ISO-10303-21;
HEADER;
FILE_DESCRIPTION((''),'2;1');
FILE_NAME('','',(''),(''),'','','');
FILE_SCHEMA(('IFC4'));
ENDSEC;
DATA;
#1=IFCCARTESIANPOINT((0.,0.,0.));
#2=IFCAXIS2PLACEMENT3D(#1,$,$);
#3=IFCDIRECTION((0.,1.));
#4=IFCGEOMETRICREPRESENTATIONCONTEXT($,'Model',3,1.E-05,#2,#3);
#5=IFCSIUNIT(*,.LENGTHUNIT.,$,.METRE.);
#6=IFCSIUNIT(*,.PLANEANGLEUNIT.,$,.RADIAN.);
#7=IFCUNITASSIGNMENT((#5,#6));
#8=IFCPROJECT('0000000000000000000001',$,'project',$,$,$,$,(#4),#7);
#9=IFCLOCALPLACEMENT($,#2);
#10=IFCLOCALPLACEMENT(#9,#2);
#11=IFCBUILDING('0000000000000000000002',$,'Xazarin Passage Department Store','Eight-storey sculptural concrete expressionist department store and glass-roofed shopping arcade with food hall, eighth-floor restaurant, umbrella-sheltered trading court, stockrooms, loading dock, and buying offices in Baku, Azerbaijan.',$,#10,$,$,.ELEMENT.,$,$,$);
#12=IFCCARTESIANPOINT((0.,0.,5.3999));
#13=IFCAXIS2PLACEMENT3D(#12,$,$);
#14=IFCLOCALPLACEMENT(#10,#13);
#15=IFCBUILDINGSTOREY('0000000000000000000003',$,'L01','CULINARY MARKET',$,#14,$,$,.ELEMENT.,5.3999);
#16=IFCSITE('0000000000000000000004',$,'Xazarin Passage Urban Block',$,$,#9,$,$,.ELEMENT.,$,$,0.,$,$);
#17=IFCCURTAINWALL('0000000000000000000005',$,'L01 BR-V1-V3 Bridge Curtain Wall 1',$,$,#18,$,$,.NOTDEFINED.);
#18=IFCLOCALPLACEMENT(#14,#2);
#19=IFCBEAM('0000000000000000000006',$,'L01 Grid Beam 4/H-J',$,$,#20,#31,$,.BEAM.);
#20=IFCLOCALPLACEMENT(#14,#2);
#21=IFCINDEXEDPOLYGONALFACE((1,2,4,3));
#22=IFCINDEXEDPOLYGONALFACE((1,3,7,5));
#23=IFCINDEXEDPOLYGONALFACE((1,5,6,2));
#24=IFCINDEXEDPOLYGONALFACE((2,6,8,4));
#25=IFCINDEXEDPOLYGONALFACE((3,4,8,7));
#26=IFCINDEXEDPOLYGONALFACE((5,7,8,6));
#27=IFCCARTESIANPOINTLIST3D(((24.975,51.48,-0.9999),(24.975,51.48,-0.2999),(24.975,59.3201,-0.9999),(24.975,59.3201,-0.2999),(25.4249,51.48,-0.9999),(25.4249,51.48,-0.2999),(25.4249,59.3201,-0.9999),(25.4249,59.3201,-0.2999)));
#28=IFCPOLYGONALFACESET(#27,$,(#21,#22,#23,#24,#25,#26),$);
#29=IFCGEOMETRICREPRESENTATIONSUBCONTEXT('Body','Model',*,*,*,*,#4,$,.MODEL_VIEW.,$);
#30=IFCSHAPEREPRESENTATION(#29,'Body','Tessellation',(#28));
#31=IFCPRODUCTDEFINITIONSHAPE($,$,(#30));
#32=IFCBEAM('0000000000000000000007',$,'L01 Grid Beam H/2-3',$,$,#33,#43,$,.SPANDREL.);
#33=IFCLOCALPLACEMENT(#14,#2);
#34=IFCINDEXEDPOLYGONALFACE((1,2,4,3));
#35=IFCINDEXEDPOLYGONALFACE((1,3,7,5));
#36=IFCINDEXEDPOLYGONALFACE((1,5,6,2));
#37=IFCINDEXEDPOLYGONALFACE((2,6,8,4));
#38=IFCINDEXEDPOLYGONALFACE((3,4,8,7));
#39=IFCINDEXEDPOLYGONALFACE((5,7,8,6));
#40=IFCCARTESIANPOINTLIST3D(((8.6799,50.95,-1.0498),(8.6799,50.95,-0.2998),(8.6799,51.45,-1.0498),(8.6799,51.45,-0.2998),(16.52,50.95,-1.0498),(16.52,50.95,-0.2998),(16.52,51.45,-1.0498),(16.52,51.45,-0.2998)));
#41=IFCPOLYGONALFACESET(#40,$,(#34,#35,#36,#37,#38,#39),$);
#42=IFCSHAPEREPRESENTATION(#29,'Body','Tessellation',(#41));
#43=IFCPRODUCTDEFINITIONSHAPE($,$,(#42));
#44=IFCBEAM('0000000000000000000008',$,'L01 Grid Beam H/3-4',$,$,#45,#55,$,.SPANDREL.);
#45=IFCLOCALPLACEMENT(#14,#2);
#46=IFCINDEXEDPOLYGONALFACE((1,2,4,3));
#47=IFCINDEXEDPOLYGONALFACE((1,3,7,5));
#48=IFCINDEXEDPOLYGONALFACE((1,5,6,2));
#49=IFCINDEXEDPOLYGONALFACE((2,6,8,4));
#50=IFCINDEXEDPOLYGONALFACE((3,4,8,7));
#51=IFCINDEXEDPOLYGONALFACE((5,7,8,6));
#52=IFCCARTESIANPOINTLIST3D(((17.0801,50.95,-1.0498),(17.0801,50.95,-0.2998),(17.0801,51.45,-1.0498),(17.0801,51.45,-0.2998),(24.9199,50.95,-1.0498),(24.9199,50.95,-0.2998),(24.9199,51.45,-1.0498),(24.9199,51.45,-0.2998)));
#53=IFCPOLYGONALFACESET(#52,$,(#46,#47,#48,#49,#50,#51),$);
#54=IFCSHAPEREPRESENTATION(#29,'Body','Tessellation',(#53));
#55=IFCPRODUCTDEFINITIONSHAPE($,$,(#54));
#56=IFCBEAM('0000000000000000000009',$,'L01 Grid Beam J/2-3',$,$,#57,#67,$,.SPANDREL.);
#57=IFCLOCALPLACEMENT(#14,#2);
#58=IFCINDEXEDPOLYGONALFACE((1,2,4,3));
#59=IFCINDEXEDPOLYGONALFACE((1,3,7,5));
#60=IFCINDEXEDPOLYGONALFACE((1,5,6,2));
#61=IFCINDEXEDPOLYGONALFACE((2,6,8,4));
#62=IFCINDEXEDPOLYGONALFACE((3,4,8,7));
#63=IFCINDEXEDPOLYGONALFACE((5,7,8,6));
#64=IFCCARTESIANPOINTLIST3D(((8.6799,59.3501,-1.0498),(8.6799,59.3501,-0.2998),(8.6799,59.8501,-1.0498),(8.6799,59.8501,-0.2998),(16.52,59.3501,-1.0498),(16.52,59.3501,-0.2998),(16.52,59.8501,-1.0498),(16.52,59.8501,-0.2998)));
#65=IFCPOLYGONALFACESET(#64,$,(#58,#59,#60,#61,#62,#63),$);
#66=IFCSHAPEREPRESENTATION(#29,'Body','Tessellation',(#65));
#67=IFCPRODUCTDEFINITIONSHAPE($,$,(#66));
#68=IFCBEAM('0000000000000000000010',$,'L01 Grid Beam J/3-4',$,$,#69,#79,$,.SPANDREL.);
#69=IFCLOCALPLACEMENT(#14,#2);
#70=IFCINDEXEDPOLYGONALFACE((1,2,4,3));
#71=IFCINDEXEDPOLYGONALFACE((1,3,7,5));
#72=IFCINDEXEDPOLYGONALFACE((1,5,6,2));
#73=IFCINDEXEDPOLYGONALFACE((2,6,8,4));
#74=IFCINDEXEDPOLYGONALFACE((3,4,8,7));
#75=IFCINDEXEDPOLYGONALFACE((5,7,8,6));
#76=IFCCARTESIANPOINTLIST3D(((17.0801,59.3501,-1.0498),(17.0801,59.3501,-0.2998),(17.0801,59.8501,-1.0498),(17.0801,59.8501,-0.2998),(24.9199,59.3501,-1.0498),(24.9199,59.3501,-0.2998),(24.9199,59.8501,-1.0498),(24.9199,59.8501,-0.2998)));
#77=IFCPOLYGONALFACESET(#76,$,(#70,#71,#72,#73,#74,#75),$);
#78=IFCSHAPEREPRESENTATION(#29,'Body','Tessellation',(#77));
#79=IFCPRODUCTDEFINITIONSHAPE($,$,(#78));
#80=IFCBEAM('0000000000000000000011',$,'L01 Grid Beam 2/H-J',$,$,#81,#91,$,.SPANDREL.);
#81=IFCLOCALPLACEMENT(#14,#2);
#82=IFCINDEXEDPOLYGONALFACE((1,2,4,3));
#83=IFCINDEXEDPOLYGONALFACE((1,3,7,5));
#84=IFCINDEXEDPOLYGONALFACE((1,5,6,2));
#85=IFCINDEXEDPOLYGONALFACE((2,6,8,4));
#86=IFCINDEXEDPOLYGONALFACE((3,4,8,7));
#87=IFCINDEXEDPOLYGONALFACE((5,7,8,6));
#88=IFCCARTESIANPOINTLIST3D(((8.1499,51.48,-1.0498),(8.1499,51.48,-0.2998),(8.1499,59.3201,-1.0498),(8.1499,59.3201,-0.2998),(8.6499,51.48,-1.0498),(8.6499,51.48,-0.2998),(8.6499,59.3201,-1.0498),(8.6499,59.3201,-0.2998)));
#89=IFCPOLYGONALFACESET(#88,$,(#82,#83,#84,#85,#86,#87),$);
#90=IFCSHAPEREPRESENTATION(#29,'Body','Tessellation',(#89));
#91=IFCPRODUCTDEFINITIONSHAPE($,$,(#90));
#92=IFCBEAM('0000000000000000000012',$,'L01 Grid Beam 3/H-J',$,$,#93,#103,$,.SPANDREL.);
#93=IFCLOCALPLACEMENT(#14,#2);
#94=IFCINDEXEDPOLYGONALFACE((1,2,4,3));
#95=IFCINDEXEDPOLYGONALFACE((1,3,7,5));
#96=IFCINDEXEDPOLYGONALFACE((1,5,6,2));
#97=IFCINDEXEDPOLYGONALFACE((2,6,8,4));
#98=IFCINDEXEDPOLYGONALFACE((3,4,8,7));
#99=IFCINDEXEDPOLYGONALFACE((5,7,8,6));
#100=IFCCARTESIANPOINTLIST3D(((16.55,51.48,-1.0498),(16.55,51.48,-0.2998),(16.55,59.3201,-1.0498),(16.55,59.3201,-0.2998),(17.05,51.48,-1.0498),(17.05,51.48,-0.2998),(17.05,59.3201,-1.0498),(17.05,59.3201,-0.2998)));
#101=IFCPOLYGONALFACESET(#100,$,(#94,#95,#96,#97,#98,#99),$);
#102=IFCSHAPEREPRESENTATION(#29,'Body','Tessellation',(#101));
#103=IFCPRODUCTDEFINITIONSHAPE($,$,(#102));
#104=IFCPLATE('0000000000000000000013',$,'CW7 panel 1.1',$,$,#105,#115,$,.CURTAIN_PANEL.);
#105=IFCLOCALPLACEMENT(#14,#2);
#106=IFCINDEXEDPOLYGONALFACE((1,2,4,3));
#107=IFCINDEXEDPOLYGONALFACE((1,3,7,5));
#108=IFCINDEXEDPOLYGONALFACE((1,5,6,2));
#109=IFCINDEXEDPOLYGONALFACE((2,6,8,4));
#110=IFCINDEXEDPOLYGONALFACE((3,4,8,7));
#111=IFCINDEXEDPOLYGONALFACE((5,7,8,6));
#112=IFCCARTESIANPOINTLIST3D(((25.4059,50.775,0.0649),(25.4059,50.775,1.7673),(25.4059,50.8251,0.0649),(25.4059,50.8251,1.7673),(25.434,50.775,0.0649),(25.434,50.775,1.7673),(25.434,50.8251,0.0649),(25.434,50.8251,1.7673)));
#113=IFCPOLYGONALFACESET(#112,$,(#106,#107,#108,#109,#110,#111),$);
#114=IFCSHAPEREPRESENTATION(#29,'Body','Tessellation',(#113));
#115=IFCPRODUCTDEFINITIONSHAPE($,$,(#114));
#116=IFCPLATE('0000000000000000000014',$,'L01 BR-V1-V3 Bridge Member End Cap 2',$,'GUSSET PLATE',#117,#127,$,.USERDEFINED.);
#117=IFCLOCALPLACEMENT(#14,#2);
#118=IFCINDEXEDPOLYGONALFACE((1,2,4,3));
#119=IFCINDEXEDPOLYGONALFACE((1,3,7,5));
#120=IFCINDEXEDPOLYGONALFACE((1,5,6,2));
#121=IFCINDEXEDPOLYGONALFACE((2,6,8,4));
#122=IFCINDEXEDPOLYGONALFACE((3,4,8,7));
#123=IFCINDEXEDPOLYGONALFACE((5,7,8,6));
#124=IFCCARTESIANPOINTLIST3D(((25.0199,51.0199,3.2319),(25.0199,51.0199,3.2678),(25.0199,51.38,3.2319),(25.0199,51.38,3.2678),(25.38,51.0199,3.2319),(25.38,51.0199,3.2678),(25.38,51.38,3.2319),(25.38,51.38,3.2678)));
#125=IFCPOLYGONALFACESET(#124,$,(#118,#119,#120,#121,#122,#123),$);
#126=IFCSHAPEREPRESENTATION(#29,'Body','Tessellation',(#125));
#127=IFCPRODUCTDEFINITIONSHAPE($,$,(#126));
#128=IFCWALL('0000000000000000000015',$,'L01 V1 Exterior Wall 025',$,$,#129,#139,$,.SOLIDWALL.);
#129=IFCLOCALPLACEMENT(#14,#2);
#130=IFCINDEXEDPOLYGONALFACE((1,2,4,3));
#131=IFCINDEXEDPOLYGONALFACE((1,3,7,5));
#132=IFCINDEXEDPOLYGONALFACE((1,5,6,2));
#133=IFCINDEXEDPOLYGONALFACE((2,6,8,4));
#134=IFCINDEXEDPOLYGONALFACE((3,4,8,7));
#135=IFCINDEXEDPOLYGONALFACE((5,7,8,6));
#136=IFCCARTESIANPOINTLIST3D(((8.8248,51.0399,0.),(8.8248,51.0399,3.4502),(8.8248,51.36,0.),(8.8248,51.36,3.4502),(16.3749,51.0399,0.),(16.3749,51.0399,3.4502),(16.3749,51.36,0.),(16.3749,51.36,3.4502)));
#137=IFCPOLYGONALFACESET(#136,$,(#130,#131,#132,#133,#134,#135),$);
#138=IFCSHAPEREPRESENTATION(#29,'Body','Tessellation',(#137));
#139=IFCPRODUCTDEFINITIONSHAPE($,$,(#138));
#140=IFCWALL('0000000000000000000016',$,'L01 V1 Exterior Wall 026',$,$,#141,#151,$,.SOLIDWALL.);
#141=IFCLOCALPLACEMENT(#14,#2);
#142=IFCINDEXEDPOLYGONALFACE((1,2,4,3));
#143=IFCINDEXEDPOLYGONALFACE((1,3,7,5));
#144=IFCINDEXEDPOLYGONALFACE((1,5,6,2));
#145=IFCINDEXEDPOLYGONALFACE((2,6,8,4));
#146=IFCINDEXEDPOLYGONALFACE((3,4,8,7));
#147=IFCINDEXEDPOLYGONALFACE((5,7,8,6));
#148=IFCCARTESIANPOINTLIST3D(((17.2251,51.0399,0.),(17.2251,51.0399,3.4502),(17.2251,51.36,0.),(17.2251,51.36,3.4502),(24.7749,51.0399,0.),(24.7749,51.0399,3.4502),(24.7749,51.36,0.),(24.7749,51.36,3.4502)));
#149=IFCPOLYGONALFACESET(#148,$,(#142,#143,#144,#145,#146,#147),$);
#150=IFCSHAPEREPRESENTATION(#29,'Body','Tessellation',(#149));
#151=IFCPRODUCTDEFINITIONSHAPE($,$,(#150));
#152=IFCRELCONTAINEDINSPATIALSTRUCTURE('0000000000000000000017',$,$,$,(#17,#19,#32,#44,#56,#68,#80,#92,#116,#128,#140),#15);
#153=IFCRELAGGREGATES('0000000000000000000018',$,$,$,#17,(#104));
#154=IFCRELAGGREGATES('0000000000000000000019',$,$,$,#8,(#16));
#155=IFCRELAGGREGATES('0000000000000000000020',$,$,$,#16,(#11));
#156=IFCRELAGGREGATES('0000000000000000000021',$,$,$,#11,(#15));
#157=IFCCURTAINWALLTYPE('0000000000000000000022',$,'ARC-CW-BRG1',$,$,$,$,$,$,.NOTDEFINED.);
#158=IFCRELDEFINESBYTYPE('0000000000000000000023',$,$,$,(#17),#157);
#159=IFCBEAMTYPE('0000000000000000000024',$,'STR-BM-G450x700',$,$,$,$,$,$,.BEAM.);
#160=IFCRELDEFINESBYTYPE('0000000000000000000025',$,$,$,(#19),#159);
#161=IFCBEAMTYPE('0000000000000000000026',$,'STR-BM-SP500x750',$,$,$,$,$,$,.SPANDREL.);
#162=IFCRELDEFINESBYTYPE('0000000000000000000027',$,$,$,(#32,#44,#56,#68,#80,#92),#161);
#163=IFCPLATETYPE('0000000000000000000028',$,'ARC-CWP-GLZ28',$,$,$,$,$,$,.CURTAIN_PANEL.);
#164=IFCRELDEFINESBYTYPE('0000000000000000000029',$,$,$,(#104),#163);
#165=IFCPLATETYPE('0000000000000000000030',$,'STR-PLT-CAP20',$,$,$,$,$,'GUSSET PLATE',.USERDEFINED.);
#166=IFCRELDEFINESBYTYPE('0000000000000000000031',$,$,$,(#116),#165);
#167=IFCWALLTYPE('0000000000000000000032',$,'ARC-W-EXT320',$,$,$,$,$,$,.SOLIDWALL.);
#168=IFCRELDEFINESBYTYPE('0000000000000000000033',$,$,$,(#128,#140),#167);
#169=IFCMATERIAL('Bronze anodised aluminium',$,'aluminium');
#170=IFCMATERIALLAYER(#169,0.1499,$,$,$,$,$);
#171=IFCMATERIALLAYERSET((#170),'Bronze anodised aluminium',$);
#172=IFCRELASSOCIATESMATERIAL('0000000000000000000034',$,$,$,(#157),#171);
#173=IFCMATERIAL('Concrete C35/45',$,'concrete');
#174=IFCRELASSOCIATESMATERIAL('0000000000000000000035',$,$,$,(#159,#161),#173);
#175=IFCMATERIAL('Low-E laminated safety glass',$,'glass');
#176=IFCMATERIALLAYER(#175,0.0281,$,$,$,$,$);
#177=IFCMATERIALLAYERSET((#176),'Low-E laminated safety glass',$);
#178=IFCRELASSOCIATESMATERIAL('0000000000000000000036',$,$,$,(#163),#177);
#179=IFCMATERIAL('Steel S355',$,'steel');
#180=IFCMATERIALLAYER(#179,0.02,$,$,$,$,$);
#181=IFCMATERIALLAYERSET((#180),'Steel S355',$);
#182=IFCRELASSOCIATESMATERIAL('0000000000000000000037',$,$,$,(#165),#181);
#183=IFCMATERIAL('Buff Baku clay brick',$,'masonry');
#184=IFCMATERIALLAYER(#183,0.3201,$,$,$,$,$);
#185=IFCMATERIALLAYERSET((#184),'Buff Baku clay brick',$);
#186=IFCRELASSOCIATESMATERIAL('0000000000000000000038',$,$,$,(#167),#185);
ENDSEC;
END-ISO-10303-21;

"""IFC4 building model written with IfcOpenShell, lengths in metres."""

from ifc_helpers import new_model, si_unit, direction, frame, frame_2d, origin, origin_2d, place, context, subcontext, project, spatial, rectangle, extrude, material, layer, layer_set, material_profile, profile_set, type_object, element, aggregate, save


model = new_model("IFC4")

# Units and contexts
model_context = context("Model", 3, precision=1e-05, world=origin(), true_north=direction((0.0, 1.0)))
body_context = subcontext(model_context, "Body", "Model", "MODEL_VIEW")
ifc_project = project(units=[si_unit("LENGTHUNIT", "METRE"), si_unit("PLANEANGLEUNIT", "RADIAN")], contexts=[model_context])

# Site, building, storey
site_placement = place(None, origin())
site = spatial("IfcSite", under=ifc_project, at=site_placement, Name="Xazarin Passage Urban Block", CompositionType="ELEMENT", RefElevation=0.0)
building_placement = place(site_placement, origin())
building = spatial("IfcBuilding", under=site, at=building_placement, Name="Xazarin Passage Department Store", Description="Eight-storey sculptural concrete expressionist department store and glass-roofed shopping arcade with food hall, eighth-floor restaurant, umbrella-sheltered trading court, stockrooms, loading dock, and buying offices in Baku, Azerbaijan.", CompositionType="ELEMENT")
storey_placement = place(building_placement, frame((0.0, 0.0, 5.3999)))
storey = spatial("IfcBuildingStorey", under=building, at=storey_placement, Name="L01", Description="CULINARY MARKET", CompositionType="ELEMENT", Elevation=5.3999)

# Curtain wall
ifc_material_1 = material(Name="Bronze anodised aluminium", Category="aluminium")
ifc_layer_1 = layer(ifc_material_1, 0.1499)
ifc_layer_set_1 = layer_set([ifc_layer_1], Name="Bronze anodised aluminium")
curtain_wall_type = type_object("IfcCurtainWallType", Name="ARC-CW-BRG1", PredefinedType="NOTDEFINED", material=ifc_layer_set_1)
curtain_wall_placement = place(storey_placement, origin())
curtain_wall = element("IfcCurtainWall", 1, at=curtain_wall_placement, inside=storey, type_object=curtain_wall_type, Name="L01 BR-V1-V3 Bridge Curtain Wall 1", PredefinedType="NOTDEFINED")

# Beams
ifc_material_2 = material(Name="Steel S355", Category="steel")
ifc_material_3 = material(Name="Concrete C35/45", Category="concrete")
ifc_material_profile_1 = material_profile(ifc_material_3, rectangle(XDim=0.45, YDim=0.7, at=origin_2d()), Name="RC 450x700")
ifc_profile_set_1 = profile_set([ifc_material_profile_1], Name="Concrete C35/45")
beam_type_1 = type_object("IfcBeamType", Name="STR-BM-G450x700", PredefinedType="BEAM", material=ifc_profile_set_1)
beam_1_placement = place(storey_placement, frame((25.2, 51.48, -0.6499), z_axis=(0.0, 1.0, 0.0), x_axis=(-1.0, 0.0, 0.0)))
element("IfcBeam", 2, at=beam_1_placement, inside=storey, type_object=beam_type_1, Name="L01 Grid Beam 4/H-J", PredefinedType="BEAM", context=body_context, shape_type="SweptSolid", body=[
    extrude(rectangle(XDim=0.45, YDim=0.7, at=origin_2d()), origin(), (0.0, 0.0, 1.0), 7.8401),
])
ifc_material_profile_2 = material_profile(ifc_material_3, rectangle(XDim=0.5, YDim=0.75, at=origin_2d()), Name="RC 500x750")
ifc_profile_set_2 = profile_set([ifc_material_profile_2], Name="Concrete C35/45")
beam_type_2 = type_object("IfcBeamType", Name="STR-BM-SP500x750", PredefinedType="SPANDREL", material=ifc_profile_set_2)
beam_2_placement = place(storey_placement, frame((8.6799, 51.2, -0.6748), z_axis=(1.0, 0.0, 0.0), x_axis=(0.0, 1.0, 0.0)))
element("IfcBeam", 3, at=beam_2_placement, inside=storey, type_object=beam_type_2, Name="L01 Grid Beam H/2-3", PredefinedType="SPANDREL", context=body_context, shape_type="SweptSolid", body=[
    extrude(rectangle(XDim=0.5, YDim=0.75, at=origin_2d()), origin(), (0.0, 0.0, 1.0), 7.8401),
])
beam_3_placement = place(storey_placement, frame((17.0801, 51.2, -0.6748), z_axis=(1.0, 0.0, 0.0), x_axis=(0.0, 1.0, 0.0)))
element("IfcBeam", 4, at=beam_3_placement, inside=storey, type_object=beam_type_2, Name="L01 Grid Beam H/3-4", PredefinedType="SPANDREL", context=body_context, shape_type="SweptSolid", body=[
    extrude(rectangle(XDim=0.5, YDim=0.75, at=origin_2d()), origin(), (0.0, 0.0, 1.0), 7.8398),
])
beam_4_placement = place(storey_placement, frame((8.6799, 59.6001, -0.6748), z_axis=(1.0, 0.0, 0.0), x_axis=(0.0, 1.0, 0.0)))
element("IfcBeam", 5, at=beam_4_placement, inside=storey, type_object=beam_type_2, Name="L01 Grid Beam J/2-3", PredefinedType="SPANDREL", context=body_context, shape_type="SweptSolid", body=[
    extrude(rectangle(XDim=0.5, YDim=0.75, at=origin_2d()), origin(), (0.0, 0.0, 1.0), 7.8401),
])
beam_5_placement = place(storey_placement, frame((17.0801, 59.6001, -0.6748), z_axis=(1.0, 0.0, 0.0), x_axis=(0.0, 1.0, 0.0)))
element("IfcBeam", 6, at=beam_5_placement, inside=storey, type_object=beam_type_2, Name="L01 Grid Beam J/3-4", PredefinedType="SPANDREL", context=body_context, shape_type="SweptSolid", body=[
    extrude(rectangle(XDim=0.5, YDim=0.75, at=origin_2d()), origin(), (0.0, 0.0, 1.0), 7.8398),
])
for number, where, z_axis, x_axis, name in (
    (7, (8.3999, 51.48, -0.6748), (0.0, 1.0, 0.0), (-1.0, 0.0, 0.0), "L01 Grid Beam 2/H-J"),
    (8, (16.8, 51.48, -0.6748), (0.0, 1.0, 0.0), (-1.0, 0.0, 0.0), "L01 Grid Beam 3/H-J"),
):
    element("IfcBeam", number, at=place(storey_placement, frame(where, z_axis=z_axis, x_axis=x_axis)), inside=storey, type_object=beam_type_2, Name=name, PredefinedType="SPANDREL", context=body_context, shape_type="SweptSolid", body=[
        extrude(rectangle(XDim=0.5, YDim=0.75, at=origin_2d()), origin(), (0.0, 0.0, 1.0), 7.8401),
    ])

# Plates
ifc_material_4 = material(Name="Low-E laminated safety glass", Category="glass")
ifc_layer_2 = layer(ifc_material_4, 0.0281)
ifc_layer_set_2 = layer_set([ifc_layer_2], Name="Low-E laminated safety glass")
plate_type_1 = type_object("IfcPlateType", Name="ARC-CWP-GLZ28", PredefinedType="CURTAIN_PANEL", material=ifc_layer_set_2)
plate_1_placement = place(storey_placement, frame((25.4199, 50.8, 0.0649), z_axis=(0.0, 0.0, 1.0), x_axis=(0.0, 1.0, 0.0)))
plate_1 = element("IfcPlate", 9, at=plate_1_placement, type_object=plate_type_1, Name="CW7 panel 1.1", PredefinedType="CURTAIN_PANEL", context=body_context, shape_type="SweptSolid", body=[
    extrude(rectangle(XDim=0.05, YDim=0.0281, at=origin_2d()), origin(), (0.0, 0.0, 1.0), 1.7024),
])
aggregate(curtain_wall, [plate_1])
ifc_layer_3 = layer(ifc_material_2, 0.02)
ifc_layer_set_3 = layer_set([ifc_layer_3], Name="Steel S355")
plate_type_2 = type_object("IfcPlateType", Name="STR-PLT-CAP20", ElementType="GUSSET PLATE", PredefinedType="USERDEFINED", material=ifc_layer_set_3)
plate_2_placement = place(storey_placement, frame((25.2, 51.2, 3.2319), z_axis=(0.0, 0.0, 1.0), x_axis=(1.0, 0.0, 0.0)))
element("IfcPlate", 10, at=plate_2_placement, inside=storey, type_object=plate_type_2, Name="L01 BR-V1-V3 Bridge Member End Cap 2", ObjectType="GUSSET PLATE", PredefinedType="USERDEFINED", context=body_context, shape_type="SweptSolid", body=[
    extrude(rectangle(XDim=0.3601, YDim=0.3601, at=origin_2d()), origin(), (0.0, 0.0, 1.0), 0.0359),
])

# Walls
ifc_material_5 = material(Name="Buff Baku clay brick", Category="masonry")
ifc_layer_4 = layer(ifc_material_5, 0.3201)
ifc_layer_set_4 = layer_set([ifc_layer_4], Name="Buff Baku clay brick")
wall_type = type_object("IfcWallType", Name="ARC-W-EXT320", PredefinedType="SOLIDWALL", material=ifc_layer_set_4)
wall_1_placement = place(storey_placement, frame((8.825, 51.2, 0.0), z_axis=(0.0, 0.0, 1.0), x_axis=(1.0, 0.0, 0.0)))
element("IfcWall", 11, at=wall_1_placement, inside=storey, type_object=wall_type, Name="L01 V1 Exterior Wall 025", PredefinedType="SOLIDWALL", context=body_context, shape_type="SweptSolid", body=[
    extrude(rectangle(XDim=7.55, YDim=0.3201, at=frame_2d((3.7749, 0.0))), origin(), (0.0, 0.0, 1.0), 3.4502),
])
wall_2_placement = place(storey_placement, frame((17.2251, 51.2, 0.0), z_axis=(0.0, 0.0, 1.0), x_axis=(1.0, 0.0, 0.0)))
element("IfcWall", 12, at=wall_2_placement, inside=storey, type_object=wall_type, Name="L01 V1 Exterior Wall 026", PredefinedType="SOLIDWALL", context=body_context, shape_type="SweptSolid", body=[
    extrude(rectangle(XDim=7.5498, YDim=0.3201, at=frame_2d((3.7749, 0.0))), origin(), (0.0, 0.0, 1.0), 3.4502),
])

save(model, "model.ifc")
